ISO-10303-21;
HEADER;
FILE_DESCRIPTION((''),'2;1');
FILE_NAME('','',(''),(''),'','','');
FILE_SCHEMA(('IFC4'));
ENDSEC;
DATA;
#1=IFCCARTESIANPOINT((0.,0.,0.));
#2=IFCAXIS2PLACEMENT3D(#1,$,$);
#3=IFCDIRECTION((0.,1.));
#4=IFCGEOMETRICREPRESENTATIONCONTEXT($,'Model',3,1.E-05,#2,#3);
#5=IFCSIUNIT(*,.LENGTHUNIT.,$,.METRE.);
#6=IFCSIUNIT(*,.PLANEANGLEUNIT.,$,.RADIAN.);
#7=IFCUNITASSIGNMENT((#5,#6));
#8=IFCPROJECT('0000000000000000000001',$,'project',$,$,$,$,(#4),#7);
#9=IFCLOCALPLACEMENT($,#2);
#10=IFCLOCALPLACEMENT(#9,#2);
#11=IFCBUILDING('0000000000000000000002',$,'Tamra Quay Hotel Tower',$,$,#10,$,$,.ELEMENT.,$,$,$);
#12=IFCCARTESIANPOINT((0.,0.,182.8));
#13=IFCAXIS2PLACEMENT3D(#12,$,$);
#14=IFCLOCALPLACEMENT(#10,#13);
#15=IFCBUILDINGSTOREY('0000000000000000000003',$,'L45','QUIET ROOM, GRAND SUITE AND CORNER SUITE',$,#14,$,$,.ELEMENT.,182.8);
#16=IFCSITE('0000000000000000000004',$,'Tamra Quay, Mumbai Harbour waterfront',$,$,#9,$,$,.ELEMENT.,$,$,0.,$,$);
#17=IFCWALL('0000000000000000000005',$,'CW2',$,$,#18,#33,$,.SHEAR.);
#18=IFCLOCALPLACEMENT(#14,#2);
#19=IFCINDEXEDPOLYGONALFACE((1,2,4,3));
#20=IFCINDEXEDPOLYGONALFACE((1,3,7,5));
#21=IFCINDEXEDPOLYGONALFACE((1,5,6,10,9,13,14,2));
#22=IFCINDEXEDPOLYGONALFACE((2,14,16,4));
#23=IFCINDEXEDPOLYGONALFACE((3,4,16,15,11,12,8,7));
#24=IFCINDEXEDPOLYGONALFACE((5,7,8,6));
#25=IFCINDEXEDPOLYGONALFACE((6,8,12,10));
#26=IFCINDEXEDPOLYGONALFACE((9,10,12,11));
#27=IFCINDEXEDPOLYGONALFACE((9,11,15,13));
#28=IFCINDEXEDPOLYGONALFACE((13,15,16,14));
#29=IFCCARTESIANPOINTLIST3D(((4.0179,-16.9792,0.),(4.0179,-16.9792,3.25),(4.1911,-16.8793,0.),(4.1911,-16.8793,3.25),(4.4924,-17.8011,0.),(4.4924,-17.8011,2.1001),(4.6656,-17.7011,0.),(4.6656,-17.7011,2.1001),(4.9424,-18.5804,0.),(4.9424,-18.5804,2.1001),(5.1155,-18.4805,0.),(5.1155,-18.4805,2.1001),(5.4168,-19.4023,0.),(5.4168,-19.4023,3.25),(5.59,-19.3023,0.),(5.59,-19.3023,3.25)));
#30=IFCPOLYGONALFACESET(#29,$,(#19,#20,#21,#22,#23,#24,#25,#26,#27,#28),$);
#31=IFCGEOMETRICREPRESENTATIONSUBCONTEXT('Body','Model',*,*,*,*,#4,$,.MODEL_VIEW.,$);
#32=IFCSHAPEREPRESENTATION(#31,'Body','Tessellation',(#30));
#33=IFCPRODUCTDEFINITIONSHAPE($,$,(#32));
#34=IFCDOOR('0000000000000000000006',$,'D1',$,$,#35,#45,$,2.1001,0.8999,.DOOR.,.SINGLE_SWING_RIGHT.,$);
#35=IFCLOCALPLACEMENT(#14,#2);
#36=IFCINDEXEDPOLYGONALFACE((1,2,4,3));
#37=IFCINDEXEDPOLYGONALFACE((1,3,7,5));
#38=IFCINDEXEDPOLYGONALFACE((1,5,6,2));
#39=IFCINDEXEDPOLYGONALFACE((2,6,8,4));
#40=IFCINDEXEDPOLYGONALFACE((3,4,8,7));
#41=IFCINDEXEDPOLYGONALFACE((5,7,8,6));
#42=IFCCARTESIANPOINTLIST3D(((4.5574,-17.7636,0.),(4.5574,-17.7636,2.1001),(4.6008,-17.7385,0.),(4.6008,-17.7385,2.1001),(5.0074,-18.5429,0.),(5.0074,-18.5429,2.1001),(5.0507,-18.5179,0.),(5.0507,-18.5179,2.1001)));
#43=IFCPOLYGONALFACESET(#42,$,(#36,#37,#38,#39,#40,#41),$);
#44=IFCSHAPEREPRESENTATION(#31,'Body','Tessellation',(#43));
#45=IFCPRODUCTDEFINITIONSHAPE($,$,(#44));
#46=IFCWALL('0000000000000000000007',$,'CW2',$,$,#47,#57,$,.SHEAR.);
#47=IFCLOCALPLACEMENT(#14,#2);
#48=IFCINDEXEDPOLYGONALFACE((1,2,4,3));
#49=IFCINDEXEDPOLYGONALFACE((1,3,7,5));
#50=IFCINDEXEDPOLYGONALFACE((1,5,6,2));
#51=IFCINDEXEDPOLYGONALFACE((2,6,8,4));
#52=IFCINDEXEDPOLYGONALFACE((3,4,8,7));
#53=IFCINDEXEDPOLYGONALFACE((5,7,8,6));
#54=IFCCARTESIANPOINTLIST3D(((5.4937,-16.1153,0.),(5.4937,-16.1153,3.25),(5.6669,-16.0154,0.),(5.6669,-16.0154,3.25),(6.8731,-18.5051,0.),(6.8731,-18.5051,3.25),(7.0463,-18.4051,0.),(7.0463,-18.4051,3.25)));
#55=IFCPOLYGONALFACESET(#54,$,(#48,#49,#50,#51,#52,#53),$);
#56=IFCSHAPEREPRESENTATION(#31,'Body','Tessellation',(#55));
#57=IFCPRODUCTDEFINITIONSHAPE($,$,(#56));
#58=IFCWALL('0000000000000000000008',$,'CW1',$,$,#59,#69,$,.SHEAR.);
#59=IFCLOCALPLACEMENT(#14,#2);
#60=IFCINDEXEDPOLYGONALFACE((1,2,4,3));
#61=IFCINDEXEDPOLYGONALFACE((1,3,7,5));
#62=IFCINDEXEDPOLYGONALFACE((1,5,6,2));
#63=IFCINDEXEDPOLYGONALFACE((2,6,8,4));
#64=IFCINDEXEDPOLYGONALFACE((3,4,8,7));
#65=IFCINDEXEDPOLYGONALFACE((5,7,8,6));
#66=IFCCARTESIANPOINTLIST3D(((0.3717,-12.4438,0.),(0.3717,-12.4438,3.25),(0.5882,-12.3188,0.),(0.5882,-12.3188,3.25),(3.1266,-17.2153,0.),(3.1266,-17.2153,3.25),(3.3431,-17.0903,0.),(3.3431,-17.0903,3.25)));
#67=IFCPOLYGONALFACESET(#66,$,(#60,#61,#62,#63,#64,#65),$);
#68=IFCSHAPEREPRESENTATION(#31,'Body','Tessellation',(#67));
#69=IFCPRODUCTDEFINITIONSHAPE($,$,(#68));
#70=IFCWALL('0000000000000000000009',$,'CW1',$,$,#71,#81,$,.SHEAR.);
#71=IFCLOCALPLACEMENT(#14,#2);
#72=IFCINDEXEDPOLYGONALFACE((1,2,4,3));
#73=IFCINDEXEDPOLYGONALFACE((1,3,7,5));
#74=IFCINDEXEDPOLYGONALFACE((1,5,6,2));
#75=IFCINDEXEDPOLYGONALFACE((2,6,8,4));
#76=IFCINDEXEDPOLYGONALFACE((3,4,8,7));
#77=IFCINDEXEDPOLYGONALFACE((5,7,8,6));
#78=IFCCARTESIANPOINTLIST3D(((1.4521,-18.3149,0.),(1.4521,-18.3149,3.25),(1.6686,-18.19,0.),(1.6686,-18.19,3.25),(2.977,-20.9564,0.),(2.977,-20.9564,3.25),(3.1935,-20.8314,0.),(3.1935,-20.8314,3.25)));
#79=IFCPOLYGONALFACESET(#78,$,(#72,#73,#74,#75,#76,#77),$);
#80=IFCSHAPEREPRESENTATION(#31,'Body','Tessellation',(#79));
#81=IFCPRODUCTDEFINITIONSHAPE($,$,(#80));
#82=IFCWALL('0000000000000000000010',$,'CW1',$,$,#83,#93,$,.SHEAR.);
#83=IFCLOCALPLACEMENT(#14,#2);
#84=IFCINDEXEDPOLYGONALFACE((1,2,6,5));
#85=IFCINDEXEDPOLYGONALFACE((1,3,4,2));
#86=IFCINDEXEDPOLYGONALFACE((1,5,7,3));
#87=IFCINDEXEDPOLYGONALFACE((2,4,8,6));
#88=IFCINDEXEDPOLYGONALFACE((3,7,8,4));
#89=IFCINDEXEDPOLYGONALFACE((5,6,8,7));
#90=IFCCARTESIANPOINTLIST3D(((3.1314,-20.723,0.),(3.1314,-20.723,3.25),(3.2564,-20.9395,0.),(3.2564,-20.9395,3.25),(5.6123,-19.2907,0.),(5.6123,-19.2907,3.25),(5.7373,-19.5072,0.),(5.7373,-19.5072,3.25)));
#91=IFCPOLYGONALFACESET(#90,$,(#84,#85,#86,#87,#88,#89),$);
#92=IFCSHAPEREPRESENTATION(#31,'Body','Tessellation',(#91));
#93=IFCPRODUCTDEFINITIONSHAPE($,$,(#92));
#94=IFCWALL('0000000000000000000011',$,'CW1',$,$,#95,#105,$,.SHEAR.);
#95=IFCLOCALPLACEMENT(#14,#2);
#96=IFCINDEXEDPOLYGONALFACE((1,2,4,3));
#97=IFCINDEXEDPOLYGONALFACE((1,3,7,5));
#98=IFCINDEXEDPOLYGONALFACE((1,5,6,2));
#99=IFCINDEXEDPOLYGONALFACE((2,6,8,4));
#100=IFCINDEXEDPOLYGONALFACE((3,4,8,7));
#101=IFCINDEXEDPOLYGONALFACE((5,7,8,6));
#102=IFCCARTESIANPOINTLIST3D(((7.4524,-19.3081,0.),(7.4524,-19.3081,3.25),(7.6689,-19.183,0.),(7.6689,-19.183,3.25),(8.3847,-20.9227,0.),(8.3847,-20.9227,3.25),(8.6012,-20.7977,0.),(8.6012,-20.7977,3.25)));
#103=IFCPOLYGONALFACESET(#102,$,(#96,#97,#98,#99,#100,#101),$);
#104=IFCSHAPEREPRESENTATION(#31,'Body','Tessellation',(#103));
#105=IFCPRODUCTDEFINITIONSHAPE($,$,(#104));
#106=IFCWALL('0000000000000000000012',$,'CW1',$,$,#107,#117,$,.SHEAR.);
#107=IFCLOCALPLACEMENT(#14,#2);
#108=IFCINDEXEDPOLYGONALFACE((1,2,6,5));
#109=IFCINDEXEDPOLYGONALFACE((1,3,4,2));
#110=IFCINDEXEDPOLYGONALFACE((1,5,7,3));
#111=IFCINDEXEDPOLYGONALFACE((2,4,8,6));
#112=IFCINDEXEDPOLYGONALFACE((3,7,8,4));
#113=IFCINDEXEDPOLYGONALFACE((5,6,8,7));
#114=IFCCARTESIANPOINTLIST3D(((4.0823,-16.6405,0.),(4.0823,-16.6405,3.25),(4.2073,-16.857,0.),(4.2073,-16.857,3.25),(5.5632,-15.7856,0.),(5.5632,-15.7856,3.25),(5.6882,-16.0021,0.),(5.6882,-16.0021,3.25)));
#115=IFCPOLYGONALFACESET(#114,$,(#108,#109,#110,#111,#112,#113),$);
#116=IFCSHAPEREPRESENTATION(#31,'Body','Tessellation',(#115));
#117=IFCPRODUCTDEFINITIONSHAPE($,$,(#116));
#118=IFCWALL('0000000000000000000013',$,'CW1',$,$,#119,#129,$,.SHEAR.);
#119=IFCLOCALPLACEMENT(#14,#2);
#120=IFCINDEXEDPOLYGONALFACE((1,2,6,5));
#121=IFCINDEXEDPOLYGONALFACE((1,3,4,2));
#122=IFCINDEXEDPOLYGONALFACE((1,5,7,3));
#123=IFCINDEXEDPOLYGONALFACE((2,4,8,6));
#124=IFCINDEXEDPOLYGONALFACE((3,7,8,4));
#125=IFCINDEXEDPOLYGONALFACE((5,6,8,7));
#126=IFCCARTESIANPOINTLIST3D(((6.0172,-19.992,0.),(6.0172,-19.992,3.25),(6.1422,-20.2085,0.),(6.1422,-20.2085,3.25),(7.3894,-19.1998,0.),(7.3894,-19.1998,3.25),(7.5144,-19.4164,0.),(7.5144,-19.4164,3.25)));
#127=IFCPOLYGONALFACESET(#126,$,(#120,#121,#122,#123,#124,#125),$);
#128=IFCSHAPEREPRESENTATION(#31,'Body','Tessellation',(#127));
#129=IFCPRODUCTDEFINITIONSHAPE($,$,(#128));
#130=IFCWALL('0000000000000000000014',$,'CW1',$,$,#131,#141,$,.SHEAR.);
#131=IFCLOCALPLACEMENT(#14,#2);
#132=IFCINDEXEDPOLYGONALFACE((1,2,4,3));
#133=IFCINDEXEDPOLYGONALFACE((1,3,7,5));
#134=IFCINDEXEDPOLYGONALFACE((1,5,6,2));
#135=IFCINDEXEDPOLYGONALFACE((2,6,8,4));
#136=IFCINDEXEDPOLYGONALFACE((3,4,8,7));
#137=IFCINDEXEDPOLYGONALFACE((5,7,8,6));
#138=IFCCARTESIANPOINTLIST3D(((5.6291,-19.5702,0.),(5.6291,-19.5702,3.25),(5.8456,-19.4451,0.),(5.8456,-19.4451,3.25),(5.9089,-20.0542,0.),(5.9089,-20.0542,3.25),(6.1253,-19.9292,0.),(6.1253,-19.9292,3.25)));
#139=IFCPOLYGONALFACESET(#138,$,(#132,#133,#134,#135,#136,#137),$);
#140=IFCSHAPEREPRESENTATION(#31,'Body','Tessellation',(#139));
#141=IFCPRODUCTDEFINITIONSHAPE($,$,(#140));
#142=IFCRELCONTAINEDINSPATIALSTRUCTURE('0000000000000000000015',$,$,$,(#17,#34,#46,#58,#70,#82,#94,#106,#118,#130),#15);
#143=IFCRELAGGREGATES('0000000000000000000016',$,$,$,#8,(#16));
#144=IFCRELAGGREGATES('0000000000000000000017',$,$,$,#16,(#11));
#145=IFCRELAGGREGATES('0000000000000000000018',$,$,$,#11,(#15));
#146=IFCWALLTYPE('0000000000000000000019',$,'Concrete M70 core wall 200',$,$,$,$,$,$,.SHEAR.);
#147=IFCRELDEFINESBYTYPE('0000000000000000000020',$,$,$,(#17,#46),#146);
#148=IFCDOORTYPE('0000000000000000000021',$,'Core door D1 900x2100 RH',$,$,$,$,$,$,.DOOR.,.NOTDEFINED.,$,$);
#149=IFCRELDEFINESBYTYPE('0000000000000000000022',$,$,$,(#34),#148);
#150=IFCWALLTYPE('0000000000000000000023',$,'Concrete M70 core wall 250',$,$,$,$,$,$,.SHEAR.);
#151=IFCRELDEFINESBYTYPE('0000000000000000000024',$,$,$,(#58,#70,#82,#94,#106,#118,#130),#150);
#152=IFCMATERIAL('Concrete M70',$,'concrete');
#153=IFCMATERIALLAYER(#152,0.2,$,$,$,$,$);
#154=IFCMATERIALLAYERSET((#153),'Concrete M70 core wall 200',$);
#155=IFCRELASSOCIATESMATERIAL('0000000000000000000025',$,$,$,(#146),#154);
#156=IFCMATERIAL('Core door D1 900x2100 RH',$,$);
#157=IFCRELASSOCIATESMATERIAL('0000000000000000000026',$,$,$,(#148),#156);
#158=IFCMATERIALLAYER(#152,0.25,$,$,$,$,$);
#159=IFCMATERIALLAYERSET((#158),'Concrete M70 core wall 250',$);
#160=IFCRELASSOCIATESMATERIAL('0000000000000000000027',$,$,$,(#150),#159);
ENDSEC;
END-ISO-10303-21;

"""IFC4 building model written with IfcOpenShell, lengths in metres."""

from ifc_helpers import new_model, si_unit, direction, frame, frame_2d, origin, place, context, subcontext, project, spatial, rectangle, extrude, material, layer, layer_set, type_object, element, fill, save


model = new_model("IFC4")

# Units and contexts
model_context = context("Model", 3, precision=1e-05, world=origin(), true_north=direction((0.0, 1.0)))
body_context = subcontext(model_context, "Body", "Model", "MODEL_VIEW")
ifc_project = project(units=[si_unit("LENGTHUNIT", "METRE"), si_unit("PLANEANGLEUNIT", "RADIAN")], contexts=[model_context])

# Site, building, storey
site_placement = place(None, origin())
site = spatial("IfcSite", under=ifc_project, at=site_placement, Name="Tamra Quay, Mumbai Harbour waterfront", CompositionType="ELEMENT", RefElevation=0.0)
building_placement = place(site_placement, origin())
building = spatial("IfcBuilding", under=site, at=building_placement, Name="Tamra Quay Hotel Tower", CompositionType="ELEMENT")
storey_placement = place(building_placement, frame((0.0, 0.0, 182.8)))
storey = spatial("IfcBuildingStorey", under=building, at=storey_placement, Name="L45", Description="QUIET ROOM, GRAND SUITE AND CORNER SUITE", CompositionType="ELEMENT", Elevation=182.8)

# Shared definitions
ifc_material_1 = material(Name="Concrete M70", Category="concrete")

# Shared definitions
ifc_layer_1 = layer(ifc_material_1, 0.2)
ifc_layer_set_1 = layer_set([ifc_layer_1], Name="Concrete M70 core wall 200")
wall_type_1 = type_object("IfcWallType", Name="Concrete M70 core wall 200", PredefinedType="SHEAR", material=ifc_layer_set_1)

# Wall, opening, door
wall_1_placement = place(storey_placement, frame((5.5034, -19.3523, 0.0), z_axis=(0.0, 0.0, 1.0), x_axis=(-0.499987, 0.866033, 0.0)))
wall_1 = element("IfcWall", 1, at=wall_1_placement, inside=storey, type_object=wall_type_1, Name="CW2", PredefinedType="SHEAR", context=body_context, shape_type="SweptSolid", body=[
    extrude(rectangle(XDim=2.7979, YDim=0.2, at=frame_2d((1.3989, 0.0))), origin(), (0.0, 0.0, 1.0), 3.25),
])
opening_1_placement = place(wall_1_placement, frame((0.949, 0.0, 0.0)))
opening_1 = element("IfcOpeningElement", 2, at=opening_1_placement, cuts=wall_1, PredefinedType="OPENING", context=body_context, shape_type="SweptSolid", body=[
    extrude(rectangle(XDim=0.8999, YDim=2.1001, at=frame_2d((0.45, 1.05))), frame((0.0, 0.1099, 0.0), z_axis=(0.0, -1.0, 0.0), x_axis=(1.0, 0.0, 0.0)), (0.0, 0.0, 1.0), 0.22),
])
ifc_material_2 = material(Name="Core door D1 900x2100 RH")
door_type_1 = type_object("IfcDoorType", Name="Core door D1 900x2100 RH", OperationType="NOTDEFINED", PredefinedType="DOOR", material=ifc_material_2)
door_1_placement = place(opening_1_placement, origin())
door_1 = element("IfcDoor", 3, at=door_1_placement, inside=storey, type_object=door_type_1, Name="D1", OperationType="SINGLE_SWING_RIGHT", OverallHeight=2.1001, OverallWidth=0.8999, PredefinedType="DOOR", context=body_context, shape_type="SweptSolid", body=[
    extrude(rectangle(XDim=0.8999, YDim=2.1001, at=frame_2d((0.45, 1.05))), frame((0.0, 0.0249, 0.0), z_axis=(0.0, -1.0, 0.0), x_axis=(1.0, 0.0, 0.0)), (0.0, 0.0, 1.0), 0.05),
])
fill(opening_1, door_1)

# Walls
wall_2_placement = place(storey_placement, frame((6.9597, -18.4551, 0.0), z_axis=(0.0, 0.0, 1.0), x_axis=(-0.499927, 0.866068, 0.0)))
element("IfcWall", 4, at=wall_2_placement, inside=storey, type_object=wall_type_1, Name="CW2", PredefinedType="SHEAR", context=body_context, shape_type="SweptSolid", body=[
    extrude(rectangle(XDim=2.7593, YDim=0.2, at=frame_2d((1.3796, 0.0))), origin(), (0.0, 0.0, 1.0), 3.25),
])
ifc_layer_2 = layer(ifc_material_1, 0.25)
ifc_layer_set_2 = layer_set([ifc_layer_2], Name="Concrete M70 core wall 250")
wall_type_2 = type_object("IfcWallType", Name="Concrete M70 core wall 250", PredefinedType="SHEAR", material=ifc_layer_set_2)
wall_3_placement = place(storey_placement, frame((3.2349, -17.1528, 0.0), z_axis=(0.0, 0.0, 1.0), x_axis=(-0.500009, 0.86602, 0.0)))
element("IfcWall", 5, at=wall_3_placement, inside=storey, type_object=wall_type_2, Name="CW1", PredefinedType="SHEAR", context=body_context, shape_type="SweptSolid", body=[
    extrude(rectangle(XDim=5.5098, YDim=0.25, at=frame_2d((2.7549, 0.0))), origin(), (0.0, 0.0, 1.0), 3.25),
])
wall_4_placement = place(storey_placement, frame((3.0852, -20.8938, 0.0), z_axis=(0.0, 0.0, 1.0), x_axis=(-0.499979, 0.866038, 0.0)))
element("IfcWall", 6, at=wall_4_placement, inside=storey, type_object=wall_type_2, Name="CW1", PredefinedType="SHEAR", context=body_context, shape_type="SweptSolid", body=[
    extrude(rectangle(XDim=3.05, YDim=0.25, at=frame_2d((1.5249, 0.0))), origin(), (0.0, 0.0, 1.0), 3.25),
])
wall_5_placement = place(storey_placement, frame((5.6748, -19.3989, 0.0), z_axis=(0.0, 0.0, 1.0), x_axis=(-0.866027, -0.499998, 0.0)))
element("IfcWall", 7, at=wall_5_placement, inside=storey, type_object=wall_type_2, Name="CW1", PredefinedType="SHEAR", context=body_context, shape_type="SweptSolid", body=[
    extrude(rectangle(XDim=2.8647, YDim=0.25, at=frame_2d((1.4324, 0.0))), origin(), (0.0, 0.0, 1.0), 3.25),
])
wall_6_placement = place(storey_placement, frame((8.4929, -20.8601, 0.0), z_axis=(0.0, 0.0, 1.0), x_axis=(-0.50004, 0.866002, 0.0)))
element("IfcWall", 8, at=wall_6_placement, inside=storey, type_object=wall_type_2, Name="CW1", PredefinedType="SHEAR", context=body_context, shape_type="SweptSolid", body=[
    extrude(rectangle(XDim=1.8645, YDim=0.25, at=frame_2d((0.9321, 0.0))), origin(), (0.0, 0.0, 1.0), 3.25),
])
wall_7_placement = place(storey_placement, frame((4.1448, -16.7488, 0.0), z_axis=(0.0, 0.0, 1.0), x_axis=(0.866038, 0.499978, 0.0)))
element("IfcWall", 9, at=wall_7_placement, inside=storey, type_object=wall_type_2, Name="CW1", PredefinedType="SHEAR", context=body_context, shape_type="SweptSolid", body=[
    extrude(rectangle(XDim=1.71, YDim=0.25, at=frame_2d((0.855, 0.0))), origin(), (0.0, 0.0, 1.0), 3.25),
])
wall_8_placement = place(storey_placement, frame((7.4519, -19.3081, 0.0), z_axis=(0.0, 0.0, 1.0), x_axis=(-0.866044, -0.499967, 0.0)))
element("IfcWall", 10, at=wall_8_placement, inside=storey, type_object=wall_type_2, Name="CW1", PredefinedType="SHEAR", context=body_context, shape_type="SweptSolid", body=[
    extrude(rectangle(XDim=1.5845, YDim=0.25, at=frame_2d((0.7922, 0.0))), origin(), (0.0, 0.0, 1.0), 3.25),
])
wall_9_placement = place(storey_placement, frame((6.0171, -19.9917, 0.0), z_axis=(0.0, 0.0, 1.0), x_axis=(-0.500365, 0.865815, 0.0)))
element("IfcWall", 11, at=wall_9_placement, inside=storey, type_object=wall_type_2, Name="CW1", PredefinedType="SHEAR", context=body_context, shape_type="SweptSolid", body=[
    extrude(rectangle(XDim=0.5591, YDim=0.25, at=frame_2d((0.2795, 0.0))), origin(), (0.0, 0.0, 1.0), 3.25),
])

save(model, "model.ifc")
